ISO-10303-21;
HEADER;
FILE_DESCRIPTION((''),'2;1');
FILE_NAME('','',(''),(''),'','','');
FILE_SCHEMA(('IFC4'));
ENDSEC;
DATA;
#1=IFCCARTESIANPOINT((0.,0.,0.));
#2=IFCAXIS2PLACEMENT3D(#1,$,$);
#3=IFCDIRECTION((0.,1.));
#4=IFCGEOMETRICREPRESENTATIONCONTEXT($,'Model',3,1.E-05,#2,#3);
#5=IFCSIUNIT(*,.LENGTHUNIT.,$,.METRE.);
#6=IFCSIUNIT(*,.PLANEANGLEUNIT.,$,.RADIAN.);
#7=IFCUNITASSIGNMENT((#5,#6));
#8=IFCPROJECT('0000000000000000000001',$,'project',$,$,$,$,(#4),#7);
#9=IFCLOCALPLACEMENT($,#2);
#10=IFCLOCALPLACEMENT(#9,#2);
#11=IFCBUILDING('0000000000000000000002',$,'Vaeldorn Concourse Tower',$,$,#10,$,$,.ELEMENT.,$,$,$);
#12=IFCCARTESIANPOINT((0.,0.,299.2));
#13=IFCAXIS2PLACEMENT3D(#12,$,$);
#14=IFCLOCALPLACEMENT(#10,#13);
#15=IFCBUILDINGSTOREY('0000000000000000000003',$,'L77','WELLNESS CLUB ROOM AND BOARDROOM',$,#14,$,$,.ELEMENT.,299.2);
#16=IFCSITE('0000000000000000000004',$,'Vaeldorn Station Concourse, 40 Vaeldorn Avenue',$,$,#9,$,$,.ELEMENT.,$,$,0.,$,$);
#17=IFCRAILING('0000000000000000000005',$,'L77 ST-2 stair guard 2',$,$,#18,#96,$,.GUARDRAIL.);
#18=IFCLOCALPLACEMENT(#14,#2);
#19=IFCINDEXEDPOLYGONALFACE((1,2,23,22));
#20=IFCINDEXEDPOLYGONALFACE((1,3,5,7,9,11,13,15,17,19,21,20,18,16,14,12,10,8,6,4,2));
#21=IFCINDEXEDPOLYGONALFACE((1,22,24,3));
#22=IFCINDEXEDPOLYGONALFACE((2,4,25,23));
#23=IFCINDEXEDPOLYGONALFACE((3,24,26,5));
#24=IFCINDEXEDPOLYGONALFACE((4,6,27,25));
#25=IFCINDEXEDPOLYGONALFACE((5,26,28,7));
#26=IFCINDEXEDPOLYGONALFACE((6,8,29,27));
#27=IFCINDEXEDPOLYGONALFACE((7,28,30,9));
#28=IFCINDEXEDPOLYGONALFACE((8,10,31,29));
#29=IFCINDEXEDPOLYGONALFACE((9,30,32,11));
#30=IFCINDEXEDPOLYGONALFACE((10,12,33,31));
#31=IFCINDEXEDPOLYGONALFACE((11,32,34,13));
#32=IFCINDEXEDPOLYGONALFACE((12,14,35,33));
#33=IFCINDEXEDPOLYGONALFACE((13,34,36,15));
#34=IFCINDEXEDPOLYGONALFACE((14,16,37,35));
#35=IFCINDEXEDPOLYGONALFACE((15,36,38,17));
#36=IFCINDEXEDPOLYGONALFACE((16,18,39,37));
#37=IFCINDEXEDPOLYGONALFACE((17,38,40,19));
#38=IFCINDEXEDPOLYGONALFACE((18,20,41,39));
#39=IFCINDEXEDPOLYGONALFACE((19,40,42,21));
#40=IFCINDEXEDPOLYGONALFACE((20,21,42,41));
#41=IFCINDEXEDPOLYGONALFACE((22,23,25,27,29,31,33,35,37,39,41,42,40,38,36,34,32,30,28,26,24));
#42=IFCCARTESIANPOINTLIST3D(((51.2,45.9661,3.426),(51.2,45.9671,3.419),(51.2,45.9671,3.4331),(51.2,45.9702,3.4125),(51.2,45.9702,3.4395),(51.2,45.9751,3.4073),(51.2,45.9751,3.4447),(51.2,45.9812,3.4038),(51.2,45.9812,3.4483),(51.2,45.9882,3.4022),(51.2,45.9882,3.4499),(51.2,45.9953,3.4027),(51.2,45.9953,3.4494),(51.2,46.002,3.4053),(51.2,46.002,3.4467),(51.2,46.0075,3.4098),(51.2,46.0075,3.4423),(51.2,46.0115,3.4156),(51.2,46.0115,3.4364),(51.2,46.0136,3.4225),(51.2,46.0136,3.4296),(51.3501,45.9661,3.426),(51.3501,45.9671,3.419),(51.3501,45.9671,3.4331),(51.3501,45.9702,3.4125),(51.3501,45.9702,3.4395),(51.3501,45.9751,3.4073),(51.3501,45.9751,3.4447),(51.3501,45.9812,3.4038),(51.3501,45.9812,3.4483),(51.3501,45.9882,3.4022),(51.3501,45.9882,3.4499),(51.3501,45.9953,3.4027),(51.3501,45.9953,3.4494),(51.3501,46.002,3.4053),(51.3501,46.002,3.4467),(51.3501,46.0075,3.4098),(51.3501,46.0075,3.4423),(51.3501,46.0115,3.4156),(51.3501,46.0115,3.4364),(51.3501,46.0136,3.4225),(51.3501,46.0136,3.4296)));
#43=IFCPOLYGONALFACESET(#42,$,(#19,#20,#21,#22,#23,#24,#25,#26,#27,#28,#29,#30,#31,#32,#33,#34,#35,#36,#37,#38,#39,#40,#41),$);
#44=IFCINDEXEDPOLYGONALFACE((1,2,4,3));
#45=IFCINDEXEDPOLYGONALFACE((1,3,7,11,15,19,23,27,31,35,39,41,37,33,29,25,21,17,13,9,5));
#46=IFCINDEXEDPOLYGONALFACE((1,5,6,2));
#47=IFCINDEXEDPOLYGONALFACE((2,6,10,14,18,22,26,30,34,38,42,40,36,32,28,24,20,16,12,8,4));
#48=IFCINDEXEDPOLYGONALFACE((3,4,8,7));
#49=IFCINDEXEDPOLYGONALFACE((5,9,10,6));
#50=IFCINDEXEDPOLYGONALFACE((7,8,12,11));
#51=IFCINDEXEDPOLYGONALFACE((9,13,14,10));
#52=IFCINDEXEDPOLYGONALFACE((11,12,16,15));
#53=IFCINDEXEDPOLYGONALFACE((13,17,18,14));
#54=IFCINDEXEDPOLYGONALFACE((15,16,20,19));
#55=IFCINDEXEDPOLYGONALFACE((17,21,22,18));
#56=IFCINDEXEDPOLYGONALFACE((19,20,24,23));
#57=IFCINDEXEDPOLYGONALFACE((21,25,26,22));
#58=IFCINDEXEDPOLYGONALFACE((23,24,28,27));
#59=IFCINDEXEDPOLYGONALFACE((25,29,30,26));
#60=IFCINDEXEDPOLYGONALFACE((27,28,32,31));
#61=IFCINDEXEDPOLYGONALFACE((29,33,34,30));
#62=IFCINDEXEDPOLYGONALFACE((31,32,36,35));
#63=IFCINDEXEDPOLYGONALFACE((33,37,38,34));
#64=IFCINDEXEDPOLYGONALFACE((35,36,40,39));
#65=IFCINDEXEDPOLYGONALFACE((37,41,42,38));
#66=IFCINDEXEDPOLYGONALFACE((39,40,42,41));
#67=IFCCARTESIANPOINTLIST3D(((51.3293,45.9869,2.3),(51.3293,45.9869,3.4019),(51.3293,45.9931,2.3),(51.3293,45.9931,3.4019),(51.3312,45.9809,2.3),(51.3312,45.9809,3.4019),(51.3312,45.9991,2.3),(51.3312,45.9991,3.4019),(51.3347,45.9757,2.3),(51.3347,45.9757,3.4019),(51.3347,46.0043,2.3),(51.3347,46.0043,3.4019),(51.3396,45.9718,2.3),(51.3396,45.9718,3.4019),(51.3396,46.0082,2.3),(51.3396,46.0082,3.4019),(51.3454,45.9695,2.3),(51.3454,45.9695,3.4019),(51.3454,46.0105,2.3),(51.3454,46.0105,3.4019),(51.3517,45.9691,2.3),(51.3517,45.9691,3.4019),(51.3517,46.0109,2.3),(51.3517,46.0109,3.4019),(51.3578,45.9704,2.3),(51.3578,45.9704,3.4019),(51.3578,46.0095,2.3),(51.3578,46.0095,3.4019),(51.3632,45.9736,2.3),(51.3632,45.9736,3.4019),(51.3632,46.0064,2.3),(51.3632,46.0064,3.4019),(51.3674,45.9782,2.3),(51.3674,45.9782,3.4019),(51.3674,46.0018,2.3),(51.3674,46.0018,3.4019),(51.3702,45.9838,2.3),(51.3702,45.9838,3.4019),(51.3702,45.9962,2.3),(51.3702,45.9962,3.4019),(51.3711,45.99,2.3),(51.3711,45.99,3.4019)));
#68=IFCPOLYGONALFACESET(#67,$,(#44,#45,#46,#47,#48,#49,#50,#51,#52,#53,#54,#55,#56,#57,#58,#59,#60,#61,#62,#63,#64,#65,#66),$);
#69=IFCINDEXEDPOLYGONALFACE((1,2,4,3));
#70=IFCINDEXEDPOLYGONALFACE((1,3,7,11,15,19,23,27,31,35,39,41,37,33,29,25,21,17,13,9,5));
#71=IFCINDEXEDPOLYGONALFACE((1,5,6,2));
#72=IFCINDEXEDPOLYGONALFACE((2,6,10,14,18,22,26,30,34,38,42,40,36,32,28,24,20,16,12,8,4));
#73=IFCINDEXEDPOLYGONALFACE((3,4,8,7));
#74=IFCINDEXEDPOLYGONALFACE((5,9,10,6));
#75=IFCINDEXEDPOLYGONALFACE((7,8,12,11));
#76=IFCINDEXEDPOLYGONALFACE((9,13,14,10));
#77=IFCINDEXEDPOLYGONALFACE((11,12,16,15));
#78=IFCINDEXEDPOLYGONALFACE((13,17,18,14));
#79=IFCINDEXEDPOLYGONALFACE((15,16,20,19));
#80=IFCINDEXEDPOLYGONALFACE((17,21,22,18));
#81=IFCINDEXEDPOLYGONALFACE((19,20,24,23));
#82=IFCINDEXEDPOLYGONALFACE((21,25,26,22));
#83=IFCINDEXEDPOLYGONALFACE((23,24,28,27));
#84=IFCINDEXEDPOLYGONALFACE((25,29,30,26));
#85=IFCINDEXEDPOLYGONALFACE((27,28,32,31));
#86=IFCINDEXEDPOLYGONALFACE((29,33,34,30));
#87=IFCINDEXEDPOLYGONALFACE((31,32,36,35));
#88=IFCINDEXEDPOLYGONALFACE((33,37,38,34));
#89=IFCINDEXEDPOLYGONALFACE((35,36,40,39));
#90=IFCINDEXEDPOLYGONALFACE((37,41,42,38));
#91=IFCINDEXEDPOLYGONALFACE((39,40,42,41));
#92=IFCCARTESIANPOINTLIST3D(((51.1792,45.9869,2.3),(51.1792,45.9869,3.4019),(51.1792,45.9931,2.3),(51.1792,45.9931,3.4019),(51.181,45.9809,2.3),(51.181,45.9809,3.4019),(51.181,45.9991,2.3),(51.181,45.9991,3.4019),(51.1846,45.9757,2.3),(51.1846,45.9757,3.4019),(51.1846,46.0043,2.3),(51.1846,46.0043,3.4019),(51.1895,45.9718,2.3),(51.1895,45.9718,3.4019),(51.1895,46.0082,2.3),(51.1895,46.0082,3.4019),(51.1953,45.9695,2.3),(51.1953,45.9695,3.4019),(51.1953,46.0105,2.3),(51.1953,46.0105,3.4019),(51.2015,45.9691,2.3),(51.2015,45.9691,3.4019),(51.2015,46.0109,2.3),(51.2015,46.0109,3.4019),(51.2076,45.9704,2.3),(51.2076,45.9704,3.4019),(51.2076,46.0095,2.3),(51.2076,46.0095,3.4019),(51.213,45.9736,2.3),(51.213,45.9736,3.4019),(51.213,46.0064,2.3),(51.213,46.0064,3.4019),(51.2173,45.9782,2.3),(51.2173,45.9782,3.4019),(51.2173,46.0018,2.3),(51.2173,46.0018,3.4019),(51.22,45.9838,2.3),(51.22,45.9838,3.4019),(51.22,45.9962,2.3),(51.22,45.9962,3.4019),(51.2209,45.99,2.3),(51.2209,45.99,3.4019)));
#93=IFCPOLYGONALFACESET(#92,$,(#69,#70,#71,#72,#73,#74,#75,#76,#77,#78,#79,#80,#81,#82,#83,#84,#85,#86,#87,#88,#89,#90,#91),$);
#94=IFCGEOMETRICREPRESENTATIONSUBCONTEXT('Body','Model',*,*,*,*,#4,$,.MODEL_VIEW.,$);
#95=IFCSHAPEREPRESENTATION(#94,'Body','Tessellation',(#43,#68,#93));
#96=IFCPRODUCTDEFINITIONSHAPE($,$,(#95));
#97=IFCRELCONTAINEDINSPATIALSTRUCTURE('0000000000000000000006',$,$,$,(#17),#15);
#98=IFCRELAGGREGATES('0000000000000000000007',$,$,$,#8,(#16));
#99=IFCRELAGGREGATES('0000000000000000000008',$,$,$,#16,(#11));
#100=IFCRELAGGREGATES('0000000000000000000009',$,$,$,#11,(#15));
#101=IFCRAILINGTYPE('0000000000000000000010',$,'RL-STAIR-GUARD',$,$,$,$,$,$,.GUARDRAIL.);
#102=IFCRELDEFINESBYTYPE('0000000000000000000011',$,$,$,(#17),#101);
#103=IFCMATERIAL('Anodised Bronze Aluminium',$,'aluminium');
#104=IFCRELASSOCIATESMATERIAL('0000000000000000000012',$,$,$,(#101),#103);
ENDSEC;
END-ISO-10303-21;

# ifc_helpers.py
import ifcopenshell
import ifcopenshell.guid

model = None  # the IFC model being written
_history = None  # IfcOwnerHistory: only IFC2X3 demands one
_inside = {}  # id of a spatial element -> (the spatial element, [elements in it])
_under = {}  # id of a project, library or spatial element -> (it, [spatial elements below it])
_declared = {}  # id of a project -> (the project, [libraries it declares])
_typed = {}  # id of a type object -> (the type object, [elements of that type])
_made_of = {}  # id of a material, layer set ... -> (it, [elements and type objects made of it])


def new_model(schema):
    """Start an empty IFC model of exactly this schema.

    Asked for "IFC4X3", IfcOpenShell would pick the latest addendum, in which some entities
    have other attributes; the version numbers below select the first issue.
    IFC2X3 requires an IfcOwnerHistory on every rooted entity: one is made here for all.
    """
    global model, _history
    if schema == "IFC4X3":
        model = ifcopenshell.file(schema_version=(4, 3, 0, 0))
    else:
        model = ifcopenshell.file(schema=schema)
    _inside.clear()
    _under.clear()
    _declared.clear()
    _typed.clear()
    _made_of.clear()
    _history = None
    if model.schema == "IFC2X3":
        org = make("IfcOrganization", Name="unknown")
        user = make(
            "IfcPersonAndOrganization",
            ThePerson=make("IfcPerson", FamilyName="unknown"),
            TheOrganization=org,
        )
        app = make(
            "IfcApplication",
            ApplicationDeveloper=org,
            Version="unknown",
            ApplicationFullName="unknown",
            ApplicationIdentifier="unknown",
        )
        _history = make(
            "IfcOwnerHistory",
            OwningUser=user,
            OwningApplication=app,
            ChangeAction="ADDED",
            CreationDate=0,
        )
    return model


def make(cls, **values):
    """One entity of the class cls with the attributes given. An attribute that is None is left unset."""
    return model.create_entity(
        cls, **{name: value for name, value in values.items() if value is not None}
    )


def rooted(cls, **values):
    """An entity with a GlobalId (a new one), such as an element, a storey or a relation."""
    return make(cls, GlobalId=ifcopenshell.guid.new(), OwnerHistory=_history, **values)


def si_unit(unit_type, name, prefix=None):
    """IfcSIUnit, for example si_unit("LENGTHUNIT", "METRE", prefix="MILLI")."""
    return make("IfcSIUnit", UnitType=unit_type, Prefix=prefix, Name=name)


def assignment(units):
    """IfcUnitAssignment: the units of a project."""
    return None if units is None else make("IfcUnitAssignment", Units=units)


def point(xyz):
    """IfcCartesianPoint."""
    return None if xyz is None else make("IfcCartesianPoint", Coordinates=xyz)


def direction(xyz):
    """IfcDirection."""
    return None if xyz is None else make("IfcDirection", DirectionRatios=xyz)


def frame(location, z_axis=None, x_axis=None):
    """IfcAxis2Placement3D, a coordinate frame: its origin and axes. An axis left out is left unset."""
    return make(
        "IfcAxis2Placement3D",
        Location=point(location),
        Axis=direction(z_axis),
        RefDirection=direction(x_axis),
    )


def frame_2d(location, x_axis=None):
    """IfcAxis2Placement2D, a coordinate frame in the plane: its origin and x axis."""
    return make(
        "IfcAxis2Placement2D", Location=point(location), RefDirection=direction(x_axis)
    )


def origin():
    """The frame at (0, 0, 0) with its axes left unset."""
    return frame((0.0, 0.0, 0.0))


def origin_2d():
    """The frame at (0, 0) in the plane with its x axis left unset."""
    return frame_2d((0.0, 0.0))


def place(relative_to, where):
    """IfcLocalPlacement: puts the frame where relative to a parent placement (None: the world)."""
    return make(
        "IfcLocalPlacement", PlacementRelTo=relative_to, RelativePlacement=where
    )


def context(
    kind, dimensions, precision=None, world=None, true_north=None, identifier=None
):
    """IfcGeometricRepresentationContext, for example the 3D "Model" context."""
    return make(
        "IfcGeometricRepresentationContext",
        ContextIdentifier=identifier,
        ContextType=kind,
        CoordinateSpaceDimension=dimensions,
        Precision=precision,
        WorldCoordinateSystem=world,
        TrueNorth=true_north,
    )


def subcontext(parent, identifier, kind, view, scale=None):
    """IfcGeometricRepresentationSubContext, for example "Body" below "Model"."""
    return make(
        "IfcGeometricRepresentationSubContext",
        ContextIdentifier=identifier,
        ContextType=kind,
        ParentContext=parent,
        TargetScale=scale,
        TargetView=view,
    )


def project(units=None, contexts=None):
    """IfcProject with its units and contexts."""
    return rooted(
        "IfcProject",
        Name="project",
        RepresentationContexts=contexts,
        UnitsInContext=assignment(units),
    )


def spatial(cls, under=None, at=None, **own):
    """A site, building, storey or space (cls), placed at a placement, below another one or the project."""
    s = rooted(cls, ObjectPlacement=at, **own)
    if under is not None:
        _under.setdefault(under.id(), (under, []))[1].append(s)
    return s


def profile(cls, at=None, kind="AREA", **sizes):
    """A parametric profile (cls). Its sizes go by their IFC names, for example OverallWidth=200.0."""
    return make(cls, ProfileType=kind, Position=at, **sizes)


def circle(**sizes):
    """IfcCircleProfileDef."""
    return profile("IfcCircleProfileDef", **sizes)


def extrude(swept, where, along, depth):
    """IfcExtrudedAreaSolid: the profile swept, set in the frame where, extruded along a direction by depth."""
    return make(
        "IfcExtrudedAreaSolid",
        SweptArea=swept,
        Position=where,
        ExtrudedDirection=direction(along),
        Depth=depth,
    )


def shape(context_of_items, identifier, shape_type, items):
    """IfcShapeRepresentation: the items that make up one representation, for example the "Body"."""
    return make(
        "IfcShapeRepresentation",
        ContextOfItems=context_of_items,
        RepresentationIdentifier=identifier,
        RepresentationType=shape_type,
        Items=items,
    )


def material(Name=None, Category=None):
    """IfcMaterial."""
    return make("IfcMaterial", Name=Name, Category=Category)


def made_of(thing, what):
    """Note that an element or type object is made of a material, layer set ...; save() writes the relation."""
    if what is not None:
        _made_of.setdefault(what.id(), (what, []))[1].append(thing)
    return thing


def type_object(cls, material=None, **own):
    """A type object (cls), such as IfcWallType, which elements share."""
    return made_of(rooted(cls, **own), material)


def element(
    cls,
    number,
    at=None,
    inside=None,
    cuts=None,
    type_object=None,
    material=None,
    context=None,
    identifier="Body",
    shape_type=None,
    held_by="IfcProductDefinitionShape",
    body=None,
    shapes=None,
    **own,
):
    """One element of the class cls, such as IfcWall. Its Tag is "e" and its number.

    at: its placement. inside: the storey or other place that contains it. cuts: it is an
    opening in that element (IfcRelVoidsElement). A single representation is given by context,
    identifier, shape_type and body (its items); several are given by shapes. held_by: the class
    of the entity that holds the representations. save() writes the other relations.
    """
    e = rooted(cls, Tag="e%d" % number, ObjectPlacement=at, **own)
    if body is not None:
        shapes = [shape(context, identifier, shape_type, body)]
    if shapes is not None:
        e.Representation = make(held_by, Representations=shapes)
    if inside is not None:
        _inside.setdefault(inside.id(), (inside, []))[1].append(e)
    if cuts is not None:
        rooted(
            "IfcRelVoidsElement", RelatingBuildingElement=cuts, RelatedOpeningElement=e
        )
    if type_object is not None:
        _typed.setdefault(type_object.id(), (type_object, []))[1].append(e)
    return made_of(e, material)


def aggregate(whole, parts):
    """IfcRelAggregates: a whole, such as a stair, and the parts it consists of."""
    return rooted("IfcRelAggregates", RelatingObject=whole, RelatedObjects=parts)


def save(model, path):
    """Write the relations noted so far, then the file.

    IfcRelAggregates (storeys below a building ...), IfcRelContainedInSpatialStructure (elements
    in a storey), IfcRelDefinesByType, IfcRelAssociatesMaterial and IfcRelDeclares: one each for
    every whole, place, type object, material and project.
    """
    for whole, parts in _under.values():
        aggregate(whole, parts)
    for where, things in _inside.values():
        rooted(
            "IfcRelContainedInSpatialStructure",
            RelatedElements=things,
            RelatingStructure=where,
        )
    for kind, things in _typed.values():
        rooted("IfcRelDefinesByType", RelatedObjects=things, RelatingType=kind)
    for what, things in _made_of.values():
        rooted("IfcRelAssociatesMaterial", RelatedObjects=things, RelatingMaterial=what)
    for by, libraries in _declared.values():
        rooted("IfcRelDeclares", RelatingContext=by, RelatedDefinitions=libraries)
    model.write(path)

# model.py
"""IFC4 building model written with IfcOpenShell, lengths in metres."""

from ifc_helpers import new_model, si_unit, direction, frame, origin, origin_2d, place, context, subcontext, project, spatial, circle, extrude, material, type_object, element, save


model = new_model("IFC4")

# Units and contexts
model_context = context("Model", 3, precision=1e-05, world=origin(), true_north=direction((0.0, 1.0)))
body_context = subcontext(model_context, "Body", "Model", "MODEL_VIEW")
ifc_project = project(units=[si_unit("LENGTHUNIT", "METRE"), si_unit("PLANEANGLEUNIT", "RADIAN")], contexts=[model_context])

# Site, building, storey
site_placement = place(None, origin())
site = spatial("IfcSite", under=ifc_project, at=site_placement, Name="Vaeldorn Station Concourse, 40 Vaeldorn Avenue", CompositionType="ELEMENT", RefElevation=0.0)
building_placement = place(site_placement, origin())
building = spatial("IfcBuilding", under=site, at=building_placement, Name="Vaeldorn Concourse Tower", CompositionType="ELEMENT")
storey_placement = place(building_placement, frame((0.0, 0.0, 299.2)))
storey = spatial("IfcBuildingStorey", under=building, at=storey_placement, Name="L77", Description="WELLNESS CLUB ROOM AND BOARDROOM", CompositionType="ELEMENT", Elevation=299.2)

# Shared definitions
ifc_material_1 = material(Name="Anodised Bronze Aluminium", Category="aluminium")

# Railing
railing_type = type_object("IfcRailingType", Name="RL-STAIR-GUARD", PredefinedType="GUARDRAIL", material=ifc_material_1)
railing_1_placement = place(storey_placement, frame((51.3501, 45.99, 2.3)))
element("IfcRailing", 1, at=railing_1_placement, inside=storey, type_object=railing_type, Name="L77 ST-2 stair guard 2", PredefinedType="GUARDRAIL", context=body_context, shape_type="SweptSolid", body=[
    extrude(circle(Radius=0.0239, at=origin_2d()), frame((0.0, 0.0, 1.126), z_axis=(-1.0, 0.0, 0.0), x_axis=(0.0, -1.0, 0.0)), (0.0, 0.0, 1.0), 0.1501),
    extrude(circle(Radius=0.021, at=origin_2d()), origin(), (0.0, 0.0, 1.0), 1.1018),
    extrude(circle(Radius=0.021, at=origin_2d()), frame((-0.1501, 0.0, 0.0)), (0.0, 0.0, 1.0), 1.1018),
])

save(model, "model.ifc")
